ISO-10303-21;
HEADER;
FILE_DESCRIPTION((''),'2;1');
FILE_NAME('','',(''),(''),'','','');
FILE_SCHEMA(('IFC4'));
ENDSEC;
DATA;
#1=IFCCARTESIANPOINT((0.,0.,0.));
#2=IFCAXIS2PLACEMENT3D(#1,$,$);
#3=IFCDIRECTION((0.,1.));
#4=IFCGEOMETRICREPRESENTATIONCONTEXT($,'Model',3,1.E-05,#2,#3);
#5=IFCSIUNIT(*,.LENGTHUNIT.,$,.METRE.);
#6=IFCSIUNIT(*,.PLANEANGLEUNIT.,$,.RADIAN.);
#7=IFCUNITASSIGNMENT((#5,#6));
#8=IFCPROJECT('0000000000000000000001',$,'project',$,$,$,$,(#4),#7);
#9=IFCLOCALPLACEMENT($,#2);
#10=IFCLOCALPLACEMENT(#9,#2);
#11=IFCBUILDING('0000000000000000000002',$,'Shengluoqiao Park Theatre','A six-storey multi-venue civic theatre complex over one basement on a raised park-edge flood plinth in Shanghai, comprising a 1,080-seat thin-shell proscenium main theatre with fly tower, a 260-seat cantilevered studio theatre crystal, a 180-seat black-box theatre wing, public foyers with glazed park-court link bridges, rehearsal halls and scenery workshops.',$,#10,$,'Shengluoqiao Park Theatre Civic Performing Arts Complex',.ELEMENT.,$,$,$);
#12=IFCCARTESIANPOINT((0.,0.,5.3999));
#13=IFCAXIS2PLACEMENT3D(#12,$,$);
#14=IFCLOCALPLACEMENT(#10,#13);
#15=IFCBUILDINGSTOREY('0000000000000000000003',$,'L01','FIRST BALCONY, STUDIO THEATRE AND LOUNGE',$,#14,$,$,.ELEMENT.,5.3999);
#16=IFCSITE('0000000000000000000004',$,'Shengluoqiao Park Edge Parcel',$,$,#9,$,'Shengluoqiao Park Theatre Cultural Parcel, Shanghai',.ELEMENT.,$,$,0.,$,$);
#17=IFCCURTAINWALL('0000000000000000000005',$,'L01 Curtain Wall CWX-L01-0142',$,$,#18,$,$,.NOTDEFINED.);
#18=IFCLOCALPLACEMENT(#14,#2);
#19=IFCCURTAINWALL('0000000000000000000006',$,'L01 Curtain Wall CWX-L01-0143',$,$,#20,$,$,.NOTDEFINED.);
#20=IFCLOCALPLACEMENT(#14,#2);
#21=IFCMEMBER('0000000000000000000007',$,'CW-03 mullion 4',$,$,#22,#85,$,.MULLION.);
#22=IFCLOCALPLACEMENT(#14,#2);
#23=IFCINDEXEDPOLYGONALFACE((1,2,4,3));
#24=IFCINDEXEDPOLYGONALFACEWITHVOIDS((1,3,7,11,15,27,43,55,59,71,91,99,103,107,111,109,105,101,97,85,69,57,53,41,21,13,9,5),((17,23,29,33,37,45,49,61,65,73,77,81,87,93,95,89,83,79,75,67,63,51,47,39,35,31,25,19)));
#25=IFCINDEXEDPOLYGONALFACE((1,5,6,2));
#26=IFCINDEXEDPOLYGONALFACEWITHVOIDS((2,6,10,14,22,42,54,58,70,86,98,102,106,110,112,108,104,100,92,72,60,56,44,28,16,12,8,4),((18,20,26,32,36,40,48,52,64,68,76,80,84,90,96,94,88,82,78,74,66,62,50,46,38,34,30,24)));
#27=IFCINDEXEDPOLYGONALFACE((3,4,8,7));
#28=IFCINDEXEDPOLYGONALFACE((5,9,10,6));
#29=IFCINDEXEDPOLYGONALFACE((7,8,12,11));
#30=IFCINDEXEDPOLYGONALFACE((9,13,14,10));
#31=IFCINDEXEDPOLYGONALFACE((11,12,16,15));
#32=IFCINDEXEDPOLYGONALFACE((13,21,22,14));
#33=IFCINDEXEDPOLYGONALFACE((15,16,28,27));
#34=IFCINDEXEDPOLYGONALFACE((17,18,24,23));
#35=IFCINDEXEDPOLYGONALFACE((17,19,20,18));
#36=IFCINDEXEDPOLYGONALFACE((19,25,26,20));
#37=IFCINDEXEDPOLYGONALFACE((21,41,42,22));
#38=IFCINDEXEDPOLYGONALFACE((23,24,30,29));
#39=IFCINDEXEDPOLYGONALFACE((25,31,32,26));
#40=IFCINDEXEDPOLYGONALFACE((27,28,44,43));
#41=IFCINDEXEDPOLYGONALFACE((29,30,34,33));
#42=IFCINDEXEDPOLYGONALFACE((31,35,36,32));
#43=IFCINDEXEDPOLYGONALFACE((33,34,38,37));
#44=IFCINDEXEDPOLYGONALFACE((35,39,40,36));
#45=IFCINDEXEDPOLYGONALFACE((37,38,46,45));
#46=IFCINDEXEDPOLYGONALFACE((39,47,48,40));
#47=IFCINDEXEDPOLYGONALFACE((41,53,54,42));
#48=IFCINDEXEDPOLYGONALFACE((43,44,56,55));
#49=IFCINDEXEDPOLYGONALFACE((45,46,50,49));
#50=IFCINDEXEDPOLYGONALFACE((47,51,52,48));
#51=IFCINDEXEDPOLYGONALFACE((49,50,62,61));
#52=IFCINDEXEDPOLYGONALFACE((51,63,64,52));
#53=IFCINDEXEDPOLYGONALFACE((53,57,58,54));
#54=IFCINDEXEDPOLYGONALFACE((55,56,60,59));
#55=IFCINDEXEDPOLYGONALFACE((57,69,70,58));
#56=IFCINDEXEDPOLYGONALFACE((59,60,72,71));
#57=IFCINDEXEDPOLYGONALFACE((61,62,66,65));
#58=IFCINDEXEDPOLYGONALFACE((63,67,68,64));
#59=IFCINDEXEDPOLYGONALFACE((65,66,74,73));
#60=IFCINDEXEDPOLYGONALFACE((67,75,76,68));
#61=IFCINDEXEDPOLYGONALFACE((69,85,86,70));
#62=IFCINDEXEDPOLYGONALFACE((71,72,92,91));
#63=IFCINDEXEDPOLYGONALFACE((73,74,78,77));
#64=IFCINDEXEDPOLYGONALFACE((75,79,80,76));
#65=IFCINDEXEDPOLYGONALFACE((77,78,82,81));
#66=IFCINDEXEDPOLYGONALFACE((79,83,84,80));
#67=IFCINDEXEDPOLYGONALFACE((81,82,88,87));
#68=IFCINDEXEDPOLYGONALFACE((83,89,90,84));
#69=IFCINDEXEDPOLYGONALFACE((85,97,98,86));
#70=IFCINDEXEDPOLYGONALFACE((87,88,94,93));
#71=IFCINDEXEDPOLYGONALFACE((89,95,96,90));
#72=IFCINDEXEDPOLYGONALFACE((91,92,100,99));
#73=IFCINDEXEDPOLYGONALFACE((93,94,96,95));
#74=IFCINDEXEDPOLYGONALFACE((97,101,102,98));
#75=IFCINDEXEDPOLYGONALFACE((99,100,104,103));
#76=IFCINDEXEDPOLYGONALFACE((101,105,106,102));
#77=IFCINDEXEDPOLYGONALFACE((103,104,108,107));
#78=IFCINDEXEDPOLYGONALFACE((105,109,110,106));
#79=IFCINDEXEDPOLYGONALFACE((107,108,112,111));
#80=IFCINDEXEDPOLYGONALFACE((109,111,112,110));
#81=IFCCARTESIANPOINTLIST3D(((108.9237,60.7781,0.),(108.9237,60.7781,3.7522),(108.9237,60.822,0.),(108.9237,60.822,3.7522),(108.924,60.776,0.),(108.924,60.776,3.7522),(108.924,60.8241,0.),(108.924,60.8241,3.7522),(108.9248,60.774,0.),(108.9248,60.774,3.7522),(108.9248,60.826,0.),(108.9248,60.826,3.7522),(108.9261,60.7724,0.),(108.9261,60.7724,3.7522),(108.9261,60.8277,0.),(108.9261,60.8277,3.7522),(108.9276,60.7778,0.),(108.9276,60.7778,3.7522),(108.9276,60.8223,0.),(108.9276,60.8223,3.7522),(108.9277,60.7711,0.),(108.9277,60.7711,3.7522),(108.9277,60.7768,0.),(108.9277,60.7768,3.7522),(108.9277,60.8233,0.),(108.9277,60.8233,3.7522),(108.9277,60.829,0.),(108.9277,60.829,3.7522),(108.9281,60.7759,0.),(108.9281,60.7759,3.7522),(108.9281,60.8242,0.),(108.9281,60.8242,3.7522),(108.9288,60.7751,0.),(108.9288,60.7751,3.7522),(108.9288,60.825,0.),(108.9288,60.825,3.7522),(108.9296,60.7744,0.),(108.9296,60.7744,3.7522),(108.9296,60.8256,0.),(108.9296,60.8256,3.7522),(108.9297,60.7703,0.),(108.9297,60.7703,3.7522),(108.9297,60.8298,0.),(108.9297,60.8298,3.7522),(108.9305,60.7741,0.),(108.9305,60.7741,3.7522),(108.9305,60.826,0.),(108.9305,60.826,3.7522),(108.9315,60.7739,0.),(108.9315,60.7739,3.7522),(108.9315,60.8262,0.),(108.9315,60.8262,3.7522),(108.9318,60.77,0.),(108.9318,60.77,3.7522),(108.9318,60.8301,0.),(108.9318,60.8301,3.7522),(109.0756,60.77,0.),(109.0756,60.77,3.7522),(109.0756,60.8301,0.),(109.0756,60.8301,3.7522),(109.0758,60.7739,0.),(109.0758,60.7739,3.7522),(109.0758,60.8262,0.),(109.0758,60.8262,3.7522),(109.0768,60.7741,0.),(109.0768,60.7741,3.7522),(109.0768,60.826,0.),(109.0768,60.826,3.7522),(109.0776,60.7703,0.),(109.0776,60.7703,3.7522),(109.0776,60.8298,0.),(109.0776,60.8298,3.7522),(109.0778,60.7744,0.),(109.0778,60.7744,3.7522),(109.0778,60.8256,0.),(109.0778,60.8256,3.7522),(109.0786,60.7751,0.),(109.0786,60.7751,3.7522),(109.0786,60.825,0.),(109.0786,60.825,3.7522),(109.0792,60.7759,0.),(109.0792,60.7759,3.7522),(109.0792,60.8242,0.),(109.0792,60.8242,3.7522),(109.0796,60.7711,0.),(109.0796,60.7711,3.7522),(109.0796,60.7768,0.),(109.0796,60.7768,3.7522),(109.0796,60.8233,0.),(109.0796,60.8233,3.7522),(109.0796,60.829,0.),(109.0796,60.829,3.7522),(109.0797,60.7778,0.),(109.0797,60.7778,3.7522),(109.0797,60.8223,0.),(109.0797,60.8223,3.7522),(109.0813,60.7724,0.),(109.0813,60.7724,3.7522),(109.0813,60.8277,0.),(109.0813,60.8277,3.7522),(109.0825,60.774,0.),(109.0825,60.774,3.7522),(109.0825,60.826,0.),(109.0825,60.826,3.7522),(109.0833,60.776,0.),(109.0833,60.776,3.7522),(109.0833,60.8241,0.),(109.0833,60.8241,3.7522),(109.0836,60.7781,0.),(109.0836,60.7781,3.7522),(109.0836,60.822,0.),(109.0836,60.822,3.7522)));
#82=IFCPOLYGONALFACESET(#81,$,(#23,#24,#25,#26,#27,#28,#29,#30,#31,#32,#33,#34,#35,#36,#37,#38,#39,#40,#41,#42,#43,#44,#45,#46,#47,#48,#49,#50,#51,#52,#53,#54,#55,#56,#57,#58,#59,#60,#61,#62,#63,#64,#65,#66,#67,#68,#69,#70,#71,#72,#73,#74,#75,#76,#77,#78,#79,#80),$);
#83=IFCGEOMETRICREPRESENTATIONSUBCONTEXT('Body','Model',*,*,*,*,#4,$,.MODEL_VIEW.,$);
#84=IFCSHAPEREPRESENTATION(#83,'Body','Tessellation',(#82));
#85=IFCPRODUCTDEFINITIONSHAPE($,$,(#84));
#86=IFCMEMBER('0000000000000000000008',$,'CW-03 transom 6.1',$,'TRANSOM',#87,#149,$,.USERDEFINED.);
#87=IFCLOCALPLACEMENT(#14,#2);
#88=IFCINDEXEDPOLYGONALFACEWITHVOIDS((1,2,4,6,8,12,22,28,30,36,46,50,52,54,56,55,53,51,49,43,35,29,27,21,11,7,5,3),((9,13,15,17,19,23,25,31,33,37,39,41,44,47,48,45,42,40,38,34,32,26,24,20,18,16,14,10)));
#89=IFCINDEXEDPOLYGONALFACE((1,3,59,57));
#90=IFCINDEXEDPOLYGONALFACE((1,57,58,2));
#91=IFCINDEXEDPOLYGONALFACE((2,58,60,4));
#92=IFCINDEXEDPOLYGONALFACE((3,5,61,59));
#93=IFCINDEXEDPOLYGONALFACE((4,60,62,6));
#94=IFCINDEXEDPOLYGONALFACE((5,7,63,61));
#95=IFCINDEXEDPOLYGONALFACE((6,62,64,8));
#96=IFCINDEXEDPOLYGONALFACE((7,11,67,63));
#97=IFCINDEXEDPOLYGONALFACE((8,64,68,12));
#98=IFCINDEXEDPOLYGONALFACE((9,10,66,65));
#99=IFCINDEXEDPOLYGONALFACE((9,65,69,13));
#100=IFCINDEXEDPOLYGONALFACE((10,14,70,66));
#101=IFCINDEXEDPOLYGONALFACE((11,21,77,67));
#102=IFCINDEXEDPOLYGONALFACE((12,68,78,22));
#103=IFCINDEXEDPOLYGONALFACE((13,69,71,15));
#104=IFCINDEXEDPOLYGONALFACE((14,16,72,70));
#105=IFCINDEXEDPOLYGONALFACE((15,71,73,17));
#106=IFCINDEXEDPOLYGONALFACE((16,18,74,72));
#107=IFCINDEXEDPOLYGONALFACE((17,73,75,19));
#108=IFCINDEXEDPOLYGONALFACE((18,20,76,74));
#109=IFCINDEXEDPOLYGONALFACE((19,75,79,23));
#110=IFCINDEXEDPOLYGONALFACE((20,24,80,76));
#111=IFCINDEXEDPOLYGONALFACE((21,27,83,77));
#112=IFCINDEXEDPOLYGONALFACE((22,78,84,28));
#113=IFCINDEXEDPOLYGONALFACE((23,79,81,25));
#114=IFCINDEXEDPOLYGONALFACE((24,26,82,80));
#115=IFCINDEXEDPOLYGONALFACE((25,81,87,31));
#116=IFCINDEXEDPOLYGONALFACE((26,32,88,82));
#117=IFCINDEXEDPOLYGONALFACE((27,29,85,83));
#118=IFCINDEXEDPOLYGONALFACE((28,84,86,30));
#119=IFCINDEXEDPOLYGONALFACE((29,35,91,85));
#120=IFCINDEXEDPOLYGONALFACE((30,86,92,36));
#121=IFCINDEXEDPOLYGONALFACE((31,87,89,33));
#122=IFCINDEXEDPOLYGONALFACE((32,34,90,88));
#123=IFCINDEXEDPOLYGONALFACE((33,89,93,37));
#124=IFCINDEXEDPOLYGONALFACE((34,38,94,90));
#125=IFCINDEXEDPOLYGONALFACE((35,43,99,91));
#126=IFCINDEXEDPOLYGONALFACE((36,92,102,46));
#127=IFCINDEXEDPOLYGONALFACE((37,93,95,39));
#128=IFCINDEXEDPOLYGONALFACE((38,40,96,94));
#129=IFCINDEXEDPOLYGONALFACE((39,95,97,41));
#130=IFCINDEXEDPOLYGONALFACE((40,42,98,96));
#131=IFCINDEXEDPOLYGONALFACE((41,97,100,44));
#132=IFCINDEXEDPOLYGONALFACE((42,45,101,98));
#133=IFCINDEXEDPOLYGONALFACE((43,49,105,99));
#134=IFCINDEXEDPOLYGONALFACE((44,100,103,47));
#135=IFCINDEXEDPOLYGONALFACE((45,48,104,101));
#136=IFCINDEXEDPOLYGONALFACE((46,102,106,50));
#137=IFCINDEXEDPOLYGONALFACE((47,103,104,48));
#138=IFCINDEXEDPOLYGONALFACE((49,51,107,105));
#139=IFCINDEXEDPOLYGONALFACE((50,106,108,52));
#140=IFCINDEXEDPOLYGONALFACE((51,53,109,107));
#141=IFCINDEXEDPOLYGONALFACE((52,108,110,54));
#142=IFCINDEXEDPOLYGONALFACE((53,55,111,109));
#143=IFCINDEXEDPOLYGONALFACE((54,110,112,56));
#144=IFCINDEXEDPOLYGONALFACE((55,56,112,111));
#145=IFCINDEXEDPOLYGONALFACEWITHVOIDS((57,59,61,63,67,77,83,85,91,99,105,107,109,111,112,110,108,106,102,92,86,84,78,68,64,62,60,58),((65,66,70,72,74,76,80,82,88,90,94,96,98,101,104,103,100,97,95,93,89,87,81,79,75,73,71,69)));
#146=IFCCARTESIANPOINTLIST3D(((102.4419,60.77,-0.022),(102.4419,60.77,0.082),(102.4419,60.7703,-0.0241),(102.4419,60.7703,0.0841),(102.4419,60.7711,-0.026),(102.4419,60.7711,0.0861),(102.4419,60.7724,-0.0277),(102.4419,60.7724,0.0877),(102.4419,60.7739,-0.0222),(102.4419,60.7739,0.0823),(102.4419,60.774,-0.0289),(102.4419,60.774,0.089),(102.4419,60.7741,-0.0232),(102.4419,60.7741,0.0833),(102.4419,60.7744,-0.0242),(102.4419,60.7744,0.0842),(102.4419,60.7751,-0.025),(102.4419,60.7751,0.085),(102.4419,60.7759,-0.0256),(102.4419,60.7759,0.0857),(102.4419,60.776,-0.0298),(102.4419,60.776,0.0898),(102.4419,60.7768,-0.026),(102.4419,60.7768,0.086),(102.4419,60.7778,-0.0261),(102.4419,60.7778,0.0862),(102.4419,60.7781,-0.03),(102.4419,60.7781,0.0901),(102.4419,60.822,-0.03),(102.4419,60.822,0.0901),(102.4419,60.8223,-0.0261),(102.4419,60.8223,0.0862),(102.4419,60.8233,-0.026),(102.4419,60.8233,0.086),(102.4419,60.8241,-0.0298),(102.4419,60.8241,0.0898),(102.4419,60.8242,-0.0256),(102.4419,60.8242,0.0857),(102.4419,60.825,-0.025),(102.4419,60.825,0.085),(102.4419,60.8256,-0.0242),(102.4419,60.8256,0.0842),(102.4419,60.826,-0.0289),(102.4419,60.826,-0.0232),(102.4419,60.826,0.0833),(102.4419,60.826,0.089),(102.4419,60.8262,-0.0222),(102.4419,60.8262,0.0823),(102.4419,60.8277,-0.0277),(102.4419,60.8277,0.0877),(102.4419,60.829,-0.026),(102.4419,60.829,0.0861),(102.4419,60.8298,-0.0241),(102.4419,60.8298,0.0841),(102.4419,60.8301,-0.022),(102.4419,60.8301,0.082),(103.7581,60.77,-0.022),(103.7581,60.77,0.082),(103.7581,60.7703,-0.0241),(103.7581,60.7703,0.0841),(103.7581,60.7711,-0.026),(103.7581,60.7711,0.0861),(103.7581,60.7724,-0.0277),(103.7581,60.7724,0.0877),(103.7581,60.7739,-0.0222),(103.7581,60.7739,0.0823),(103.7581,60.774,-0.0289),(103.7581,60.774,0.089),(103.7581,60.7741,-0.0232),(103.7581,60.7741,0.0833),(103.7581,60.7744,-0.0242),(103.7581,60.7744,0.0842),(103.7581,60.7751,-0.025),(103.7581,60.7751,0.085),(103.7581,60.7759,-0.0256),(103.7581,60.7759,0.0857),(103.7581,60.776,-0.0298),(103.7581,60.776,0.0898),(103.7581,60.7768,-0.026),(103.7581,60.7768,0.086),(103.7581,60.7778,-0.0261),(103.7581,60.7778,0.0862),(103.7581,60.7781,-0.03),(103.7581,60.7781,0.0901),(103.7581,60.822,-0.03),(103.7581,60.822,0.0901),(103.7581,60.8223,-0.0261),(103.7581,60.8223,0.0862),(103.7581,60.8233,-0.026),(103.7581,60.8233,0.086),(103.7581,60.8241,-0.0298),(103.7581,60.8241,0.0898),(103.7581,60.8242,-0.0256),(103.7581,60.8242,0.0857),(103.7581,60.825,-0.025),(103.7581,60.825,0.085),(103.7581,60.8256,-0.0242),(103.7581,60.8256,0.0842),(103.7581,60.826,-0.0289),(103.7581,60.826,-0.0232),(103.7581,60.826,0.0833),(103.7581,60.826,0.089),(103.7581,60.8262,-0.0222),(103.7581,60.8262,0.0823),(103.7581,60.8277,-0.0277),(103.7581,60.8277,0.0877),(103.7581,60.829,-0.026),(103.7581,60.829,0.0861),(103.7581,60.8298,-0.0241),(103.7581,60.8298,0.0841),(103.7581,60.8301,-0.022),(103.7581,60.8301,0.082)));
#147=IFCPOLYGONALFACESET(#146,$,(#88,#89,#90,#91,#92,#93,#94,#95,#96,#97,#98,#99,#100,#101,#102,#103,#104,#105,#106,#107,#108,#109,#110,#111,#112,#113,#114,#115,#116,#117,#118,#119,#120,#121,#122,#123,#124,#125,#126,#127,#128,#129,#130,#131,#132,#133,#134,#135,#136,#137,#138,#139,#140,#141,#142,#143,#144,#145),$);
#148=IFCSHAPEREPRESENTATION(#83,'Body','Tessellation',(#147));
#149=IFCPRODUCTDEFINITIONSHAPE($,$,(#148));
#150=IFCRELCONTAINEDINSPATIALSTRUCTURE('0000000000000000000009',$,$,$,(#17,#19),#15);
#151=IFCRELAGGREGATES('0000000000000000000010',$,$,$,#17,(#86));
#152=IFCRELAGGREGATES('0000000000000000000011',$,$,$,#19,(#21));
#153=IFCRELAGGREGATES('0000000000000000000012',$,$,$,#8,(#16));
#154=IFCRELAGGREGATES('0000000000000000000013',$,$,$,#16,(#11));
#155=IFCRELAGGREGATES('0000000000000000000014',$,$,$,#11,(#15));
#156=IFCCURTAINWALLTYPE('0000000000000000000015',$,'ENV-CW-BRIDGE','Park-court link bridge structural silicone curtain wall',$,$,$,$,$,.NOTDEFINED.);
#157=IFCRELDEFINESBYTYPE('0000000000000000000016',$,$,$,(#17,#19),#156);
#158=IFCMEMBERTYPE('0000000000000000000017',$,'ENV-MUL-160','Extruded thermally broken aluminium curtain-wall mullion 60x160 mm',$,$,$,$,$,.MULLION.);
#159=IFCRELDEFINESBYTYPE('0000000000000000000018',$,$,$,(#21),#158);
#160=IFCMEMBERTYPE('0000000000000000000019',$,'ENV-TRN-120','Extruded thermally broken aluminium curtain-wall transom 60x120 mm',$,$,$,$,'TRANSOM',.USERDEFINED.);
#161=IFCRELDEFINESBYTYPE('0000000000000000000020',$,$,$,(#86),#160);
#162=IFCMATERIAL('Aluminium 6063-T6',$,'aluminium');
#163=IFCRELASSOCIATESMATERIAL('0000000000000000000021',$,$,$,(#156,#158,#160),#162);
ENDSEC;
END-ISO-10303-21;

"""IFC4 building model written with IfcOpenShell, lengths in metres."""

from ifc_helpers import new_model, si_unit, direction, frame, origin, origin_2d, place, context, subcontext, project, spatial, hollow_rectangle, extrude, material, material_profile, profile_set, type_object, element, aggregate, save


model = new_model("IFC4")

# Units and contexts
model_context = context("Model", 3, precision=1e-05, world=origin(), true_north=direction((0.0, 1.0)))
body_context = subcontext(model_context, "Body", "Model", "MODEL_VIEW")
ifc_project = project(units=[si_unit("LENGTHUNIT", "METRE"), si_unit("PLANEANGLEUNIT", "RADIAN")], contexts=[model_context])

# Site, building, storey
site_placement = place(None, origin())
site = spatial("IfcSite", under=ifc_project, at=site_placement, Name="Shengluoqiao Park Edge Parcel", LongName="Shengluoqiao Park Theatre Cultural Parcel, Shanghai", CompositionType="ELEMENT", RefElevation=0.0)
building_placement = place(site_placement, origin())
building = spatial("IfcBuilding", under=site, at=building_placement, Name="Shengluoqiao Park Theatre", Description="A six-storey multi-venue civic theatre complex over one basement on a raised park-edge flood plinth in Shanghai, comprising a 1,080-seat thin-shell proscenium main theatre with fly tower, a 260-seat cantilevered studio theatre crystal, a 180-seat black-box theatre wing, public foyers with glazed park-court link bridges, rehearsal halls and scenery workshops.", LongName="Shengluoqiao Park Theatre Civic Performing Arts Complex", CompositionType="ELEMENT")
storey_placement = place(building_placement, frame((0.0, 0.0, 5.3999)))
storey = spatial("IfcBuildingStorey", under=building, at=storey_placement, Name="L01", Description="FIRST BALCONY, STUDIO THEATRE AND LOUNGE", CompositionType="ELEMENT", Elevation=5.3999)

# Curtain wall
ifc_material_1 = material(Name="Aluminium 6063-T6", Category="aluminium")
curtain_wall_type = type_object("IfcCurtainWallType", Name="ENV-CW-BRIDGE", Description="Park-court link bridge structural silicone curtain wall", PredefinedType="NOTDEFINED", material=ifc_material_1)
curtain_wall_1_placement = place(storey_placement, origin())
curtain_wall_1 = element("IfcCurtainWall", 1, at=curtain_wall_1_placement, inside=storey, type_object=curtain_wall_type, Name="L01 Curtain Wall CWX-L01-0142", PredefinedType="NOTDEFINED")
ifc_material_profile_1 = material_profile(ifc_material_1, hollow_rectangle(XDim=0.0601, YDim=0.1599, WallThickness=0.0039, InnerFilletRadius=0.0039, OuterFilletRadius=0.0081, at=origin_2d()), Name="ALU MULLION 160x60x4")
ifc_profile_set_1 = profile_set([ifc_material_profile_1], Name="Aluminium 6063-T6")
member_type_1 = type_object("IfcMemberType", Name="ENV-MUL-160", Description="Extruded thermally broken aluminium curtain-wall mullion 60x160 mm", PredefinedType="MULLION", material=ifc_profile_set_1)

# Curtain wall, member
curtain_wall_2_placement = place(storey_placement, origin())
curtain_wall_2 = element("IfcCurtainWall", 2, at=curtain_wall_2_placement, inside=storey, type_object=curtain_wall_type, Name="L01 Curtain Wall CWX-L01-0143", PredefinedType="NOTDEFINED")
member_1_placement = place(storey_placement, frame((109.0037, 60.8, 0.0), z_axis=(0.0, 0.0, 1.0), x_axis=(0.0, 1.0, 0.0)))
member_1 = element("IfcMember", 3, at=member_1_placement, type_object=member_type_1, Name="CW-03 mullion 4", PredefinedType="MULLION", context=body_context, shape_type="SweptSolid", body=[
    extrude(hollow_rectangle(XDim=0.0601, YDim=0.1599, WallThickness=0.0039, InnerFilletRadius=0.0039, OuterFilletRadius=0.0081, at=origin_2d()), origin(), (0.0, 0.0, 1.0), 3.7522),
])

# Member
ifc_material_profile_2 = material_profile(ifc_material_1, hollow_rectangle(XDim=0.0601, YDim=0.1201, WallThickness=0.0039, InnerFilletRadius=0.0039, OuterFilletRadius=0.0081, at=origin_2d()), Name="ALU TRANSOM 120x60x4")
ifc_profile_set_2 = profile_set([ifc_material_profile_2], Name="Aluminium 6063-T6")
member_type_2 = type_object("IfcMemberType", Name="ENV-TRN-120", Description="Extruded thermally broken aluminium curtain-wall transom 60x120 mm", ElementType="TRANSOM", PredefinedType="USERDEFINED", material=ifc_profile_set_2)
member_2_placement = place(storey_placement, frame((102.4419, 60.8, 0.03), z_axis=(1.0, 0.0, 0.0), x_axis=(0.0, 1.0, 0.0)))
member_2 = element("IfcMember", 4, at=member_2_placement, type_object=member_type_2, Name="CW-03 transom 6.1", ObjectType="TRANSOM", PredefinedType="USERDEFINED", context=body_context, shape_type="SweptSolid", body=[
    extrude(hollow_rectangle(XDim=0.0601, YDim=0.1201, WallThickness=0.0039, InnerFilletRadius=0.0039, OuterFilletRadius=0.0081, at=origin_2d()), origin(), (0.0, 0.0, 1.0), 1.3162),
])

aggregate(curtain_wall_1, [member_2])
aggregate(curtain_wall_2, [member_1])

save(model, "model.ifc")
